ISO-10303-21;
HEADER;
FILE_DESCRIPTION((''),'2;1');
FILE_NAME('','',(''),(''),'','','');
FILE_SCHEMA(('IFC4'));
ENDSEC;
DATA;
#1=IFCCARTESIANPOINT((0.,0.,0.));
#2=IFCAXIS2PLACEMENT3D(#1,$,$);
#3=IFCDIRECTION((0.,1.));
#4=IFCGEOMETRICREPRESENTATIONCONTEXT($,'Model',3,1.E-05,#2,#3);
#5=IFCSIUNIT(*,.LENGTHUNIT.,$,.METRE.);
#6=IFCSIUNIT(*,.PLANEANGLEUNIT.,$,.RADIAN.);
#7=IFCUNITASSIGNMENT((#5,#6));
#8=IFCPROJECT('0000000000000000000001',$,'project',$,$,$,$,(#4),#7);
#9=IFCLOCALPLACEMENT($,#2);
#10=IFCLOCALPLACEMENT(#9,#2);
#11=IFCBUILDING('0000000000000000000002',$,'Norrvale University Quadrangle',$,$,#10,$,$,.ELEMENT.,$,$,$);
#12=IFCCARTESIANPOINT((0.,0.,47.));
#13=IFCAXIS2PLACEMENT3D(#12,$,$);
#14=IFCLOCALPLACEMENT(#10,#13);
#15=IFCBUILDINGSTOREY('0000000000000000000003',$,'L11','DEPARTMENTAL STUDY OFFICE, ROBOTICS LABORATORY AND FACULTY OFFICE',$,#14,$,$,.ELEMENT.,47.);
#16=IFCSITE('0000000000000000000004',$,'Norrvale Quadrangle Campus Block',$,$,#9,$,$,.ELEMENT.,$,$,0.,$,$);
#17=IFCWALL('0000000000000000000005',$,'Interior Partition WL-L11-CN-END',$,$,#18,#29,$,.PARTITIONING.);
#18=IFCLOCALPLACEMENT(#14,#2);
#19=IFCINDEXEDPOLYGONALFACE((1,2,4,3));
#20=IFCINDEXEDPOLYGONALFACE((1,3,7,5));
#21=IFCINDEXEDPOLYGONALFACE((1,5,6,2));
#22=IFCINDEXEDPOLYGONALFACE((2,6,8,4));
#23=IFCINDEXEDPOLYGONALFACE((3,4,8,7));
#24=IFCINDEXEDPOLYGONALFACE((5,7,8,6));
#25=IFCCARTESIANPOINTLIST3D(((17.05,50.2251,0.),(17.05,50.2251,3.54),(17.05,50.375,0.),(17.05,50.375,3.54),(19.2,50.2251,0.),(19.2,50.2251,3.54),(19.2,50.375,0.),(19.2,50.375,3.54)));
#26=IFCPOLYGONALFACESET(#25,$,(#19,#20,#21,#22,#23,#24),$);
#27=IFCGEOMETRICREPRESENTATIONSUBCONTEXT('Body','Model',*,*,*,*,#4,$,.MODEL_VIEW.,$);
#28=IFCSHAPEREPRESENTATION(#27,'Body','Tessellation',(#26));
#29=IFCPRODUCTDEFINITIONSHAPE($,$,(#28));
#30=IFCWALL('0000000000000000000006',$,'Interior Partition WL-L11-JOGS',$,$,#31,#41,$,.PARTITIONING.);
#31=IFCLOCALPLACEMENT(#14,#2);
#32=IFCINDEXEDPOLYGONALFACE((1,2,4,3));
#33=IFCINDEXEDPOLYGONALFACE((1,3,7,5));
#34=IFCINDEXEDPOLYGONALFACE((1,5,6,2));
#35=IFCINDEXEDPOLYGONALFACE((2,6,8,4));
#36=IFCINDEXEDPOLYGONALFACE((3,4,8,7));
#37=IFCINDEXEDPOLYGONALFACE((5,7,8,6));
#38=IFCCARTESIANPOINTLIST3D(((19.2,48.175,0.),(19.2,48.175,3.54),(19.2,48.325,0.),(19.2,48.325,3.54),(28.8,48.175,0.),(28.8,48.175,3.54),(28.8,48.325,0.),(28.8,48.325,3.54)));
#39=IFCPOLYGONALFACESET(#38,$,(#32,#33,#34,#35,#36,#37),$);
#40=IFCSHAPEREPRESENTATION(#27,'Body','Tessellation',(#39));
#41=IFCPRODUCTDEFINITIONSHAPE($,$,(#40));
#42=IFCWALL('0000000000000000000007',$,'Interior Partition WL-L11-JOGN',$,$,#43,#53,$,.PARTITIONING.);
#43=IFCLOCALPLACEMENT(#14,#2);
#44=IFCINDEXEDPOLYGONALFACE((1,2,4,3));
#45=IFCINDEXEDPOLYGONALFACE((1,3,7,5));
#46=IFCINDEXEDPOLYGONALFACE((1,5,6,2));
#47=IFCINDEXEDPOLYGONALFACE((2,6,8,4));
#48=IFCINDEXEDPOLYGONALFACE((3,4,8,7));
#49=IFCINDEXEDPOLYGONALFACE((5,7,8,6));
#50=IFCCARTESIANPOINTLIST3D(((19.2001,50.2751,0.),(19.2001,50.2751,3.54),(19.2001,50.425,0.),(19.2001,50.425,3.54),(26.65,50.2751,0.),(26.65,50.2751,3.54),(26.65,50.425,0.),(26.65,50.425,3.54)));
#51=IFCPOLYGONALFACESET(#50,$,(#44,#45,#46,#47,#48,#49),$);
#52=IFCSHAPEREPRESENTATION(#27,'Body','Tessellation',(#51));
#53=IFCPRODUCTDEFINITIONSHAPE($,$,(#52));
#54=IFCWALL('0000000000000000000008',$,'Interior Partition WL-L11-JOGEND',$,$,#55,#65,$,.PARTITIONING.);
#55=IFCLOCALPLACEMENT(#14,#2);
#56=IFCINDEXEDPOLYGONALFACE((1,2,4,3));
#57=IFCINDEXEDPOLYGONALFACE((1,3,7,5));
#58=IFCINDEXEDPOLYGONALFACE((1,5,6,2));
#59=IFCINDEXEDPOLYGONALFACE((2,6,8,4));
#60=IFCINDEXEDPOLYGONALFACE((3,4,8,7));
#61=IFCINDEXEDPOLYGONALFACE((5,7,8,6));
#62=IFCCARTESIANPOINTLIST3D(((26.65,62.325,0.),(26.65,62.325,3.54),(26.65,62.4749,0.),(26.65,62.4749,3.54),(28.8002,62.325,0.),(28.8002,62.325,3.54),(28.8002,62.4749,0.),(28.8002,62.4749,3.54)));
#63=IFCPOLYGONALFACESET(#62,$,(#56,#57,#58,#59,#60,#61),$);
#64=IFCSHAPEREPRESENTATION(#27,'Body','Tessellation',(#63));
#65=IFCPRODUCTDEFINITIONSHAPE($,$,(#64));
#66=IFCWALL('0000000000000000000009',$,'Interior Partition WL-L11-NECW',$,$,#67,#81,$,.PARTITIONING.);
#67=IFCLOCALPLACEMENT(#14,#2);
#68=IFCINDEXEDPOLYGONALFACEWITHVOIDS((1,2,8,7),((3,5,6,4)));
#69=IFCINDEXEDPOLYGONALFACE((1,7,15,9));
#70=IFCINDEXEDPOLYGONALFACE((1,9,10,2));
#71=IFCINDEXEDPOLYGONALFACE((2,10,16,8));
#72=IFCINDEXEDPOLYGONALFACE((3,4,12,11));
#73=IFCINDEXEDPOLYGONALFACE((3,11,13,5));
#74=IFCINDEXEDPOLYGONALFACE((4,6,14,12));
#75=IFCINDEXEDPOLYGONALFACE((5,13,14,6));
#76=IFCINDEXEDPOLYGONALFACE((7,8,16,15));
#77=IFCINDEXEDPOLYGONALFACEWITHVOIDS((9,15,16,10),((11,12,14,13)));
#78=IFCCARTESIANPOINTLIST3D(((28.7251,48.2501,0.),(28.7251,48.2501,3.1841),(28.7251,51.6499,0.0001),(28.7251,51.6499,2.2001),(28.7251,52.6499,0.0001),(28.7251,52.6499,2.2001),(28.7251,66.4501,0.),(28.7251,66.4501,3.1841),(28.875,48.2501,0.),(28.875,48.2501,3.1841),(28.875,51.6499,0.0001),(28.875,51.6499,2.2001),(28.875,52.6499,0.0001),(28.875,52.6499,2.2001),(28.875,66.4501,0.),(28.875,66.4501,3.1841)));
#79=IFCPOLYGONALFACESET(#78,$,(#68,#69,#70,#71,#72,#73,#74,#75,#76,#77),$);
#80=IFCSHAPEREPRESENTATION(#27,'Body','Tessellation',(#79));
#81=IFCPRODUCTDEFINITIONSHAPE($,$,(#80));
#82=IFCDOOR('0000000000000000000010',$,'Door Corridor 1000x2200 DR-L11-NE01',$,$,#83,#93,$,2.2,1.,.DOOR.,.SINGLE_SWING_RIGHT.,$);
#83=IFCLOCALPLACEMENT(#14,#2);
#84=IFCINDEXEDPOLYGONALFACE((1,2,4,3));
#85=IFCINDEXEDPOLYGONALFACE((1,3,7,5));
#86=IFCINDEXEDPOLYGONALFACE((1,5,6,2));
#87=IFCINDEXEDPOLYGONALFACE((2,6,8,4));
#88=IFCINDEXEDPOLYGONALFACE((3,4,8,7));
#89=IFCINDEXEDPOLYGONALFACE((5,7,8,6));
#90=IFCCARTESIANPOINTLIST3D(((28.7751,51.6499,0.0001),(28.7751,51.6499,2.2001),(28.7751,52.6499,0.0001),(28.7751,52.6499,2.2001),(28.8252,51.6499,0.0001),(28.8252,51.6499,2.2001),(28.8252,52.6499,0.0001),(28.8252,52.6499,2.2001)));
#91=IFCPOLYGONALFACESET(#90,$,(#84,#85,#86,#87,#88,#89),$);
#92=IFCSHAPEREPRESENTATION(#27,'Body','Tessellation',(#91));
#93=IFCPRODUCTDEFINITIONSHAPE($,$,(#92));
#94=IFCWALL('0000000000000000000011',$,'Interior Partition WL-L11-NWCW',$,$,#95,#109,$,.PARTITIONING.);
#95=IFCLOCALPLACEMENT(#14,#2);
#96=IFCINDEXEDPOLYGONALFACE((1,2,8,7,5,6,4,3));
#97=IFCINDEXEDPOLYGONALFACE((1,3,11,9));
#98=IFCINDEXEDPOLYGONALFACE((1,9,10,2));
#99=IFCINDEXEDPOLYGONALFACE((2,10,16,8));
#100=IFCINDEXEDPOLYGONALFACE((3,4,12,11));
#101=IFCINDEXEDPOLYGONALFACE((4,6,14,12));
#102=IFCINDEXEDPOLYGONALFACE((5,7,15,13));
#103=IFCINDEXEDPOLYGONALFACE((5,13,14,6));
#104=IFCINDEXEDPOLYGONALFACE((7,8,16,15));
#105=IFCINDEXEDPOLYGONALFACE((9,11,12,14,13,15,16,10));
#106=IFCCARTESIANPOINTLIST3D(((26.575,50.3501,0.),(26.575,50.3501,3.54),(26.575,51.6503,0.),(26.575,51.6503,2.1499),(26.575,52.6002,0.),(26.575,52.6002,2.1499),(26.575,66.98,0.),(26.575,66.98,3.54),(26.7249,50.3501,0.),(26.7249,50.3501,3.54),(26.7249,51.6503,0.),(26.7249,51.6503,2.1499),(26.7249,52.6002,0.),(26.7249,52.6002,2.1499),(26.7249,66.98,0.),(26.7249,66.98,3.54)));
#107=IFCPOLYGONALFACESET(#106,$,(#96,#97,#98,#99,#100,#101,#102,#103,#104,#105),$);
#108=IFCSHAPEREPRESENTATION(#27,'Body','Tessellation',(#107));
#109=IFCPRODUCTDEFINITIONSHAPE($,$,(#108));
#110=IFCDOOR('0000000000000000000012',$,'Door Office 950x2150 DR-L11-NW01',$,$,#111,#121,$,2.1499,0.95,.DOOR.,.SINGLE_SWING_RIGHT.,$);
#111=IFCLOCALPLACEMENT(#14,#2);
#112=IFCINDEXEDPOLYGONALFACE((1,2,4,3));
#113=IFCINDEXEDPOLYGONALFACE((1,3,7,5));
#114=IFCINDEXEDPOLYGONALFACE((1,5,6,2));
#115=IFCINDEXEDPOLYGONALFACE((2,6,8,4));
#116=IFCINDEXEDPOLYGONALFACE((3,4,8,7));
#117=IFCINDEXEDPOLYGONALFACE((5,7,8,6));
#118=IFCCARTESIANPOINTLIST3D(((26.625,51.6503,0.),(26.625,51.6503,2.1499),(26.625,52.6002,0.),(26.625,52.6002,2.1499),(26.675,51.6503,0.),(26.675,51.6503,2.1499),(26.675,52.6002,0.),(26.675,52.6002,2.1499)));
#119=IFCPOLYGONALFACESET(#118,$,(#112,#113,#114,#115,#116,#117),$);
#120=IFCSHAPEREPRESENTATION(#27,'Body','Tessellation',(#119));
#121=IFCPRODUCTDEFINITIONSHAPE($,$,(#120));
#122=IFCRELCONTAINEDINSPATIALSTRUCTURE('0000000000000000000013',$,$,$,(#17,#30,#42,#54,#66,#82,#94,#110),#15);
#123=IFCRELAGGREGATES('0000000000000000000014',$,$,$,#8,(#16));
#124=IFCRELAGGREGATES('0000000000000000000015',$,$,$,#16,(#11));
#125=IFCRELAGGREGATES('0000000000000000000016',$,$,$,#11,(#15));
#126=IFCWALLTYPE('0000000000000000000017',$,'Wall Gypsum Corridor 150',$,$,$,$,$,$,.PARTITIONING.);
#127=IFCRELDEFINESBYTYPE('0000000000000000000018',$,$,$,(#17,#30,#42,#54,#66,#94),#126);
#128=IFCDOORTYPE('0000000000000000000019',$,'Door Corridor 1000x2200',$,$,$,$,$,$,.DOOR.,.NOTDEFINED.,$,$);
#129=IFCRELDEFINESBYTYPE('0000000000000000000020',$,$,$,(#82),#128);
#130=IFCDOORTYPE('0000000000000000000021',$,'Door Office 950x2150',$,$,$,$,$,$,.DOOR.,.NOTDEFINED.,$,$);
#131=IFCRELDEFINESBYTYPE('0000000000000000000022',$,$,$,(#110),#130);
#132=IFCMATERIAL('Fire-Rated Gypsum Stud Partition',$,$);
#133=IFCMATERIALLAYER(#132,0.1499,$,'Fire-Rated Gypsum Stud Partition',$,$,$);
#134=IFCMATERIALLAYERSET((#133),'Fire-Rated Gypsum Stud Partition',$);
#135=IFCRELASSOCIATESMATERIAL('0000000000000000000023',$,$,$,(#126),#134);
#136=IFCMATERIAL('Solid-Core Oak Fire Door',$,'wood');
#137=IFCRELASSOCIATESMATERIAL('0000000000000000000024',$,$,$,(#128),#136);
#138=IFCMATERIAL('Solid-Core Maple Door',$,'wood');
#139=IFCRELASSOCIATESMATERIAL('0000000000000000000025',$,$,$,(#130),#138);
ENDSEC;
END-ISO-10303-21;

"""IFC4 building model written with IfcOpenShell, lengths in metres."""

from ifc_helpers import new_model, si_unit, direction, frame, frame_2d, origin, place, context, subcontext, project, spatial, rectangle, extrude, material, layer, layer_set, type_object, element, fill, save


model = new_model("IFC4")

# Units and contexts
model_context = context("Model", 3, precision=1e-05, world=origin(), true_north=direction((0.0, 1.0)))
body_context = subcontext(model_context, "Body", "Model", "MODEL_VIEW")
ifc_project = project(units=[si_unit("LENGTHUNIT", "METRE"), si_unit("PLANEANGLEUNIT", "RADIAN")], contexts=[model_context])

# Site, building, storey
site_placement = place(None, origin())
site = spatial("IfcSite", under=ifc_project, at=site_placement, Name="Norrvale Quadrangle Campus Block", CompositionType="ELEMENT", RefElevation=0.0)
building_placement = place(site_placement, origin())
building = spatial("IfcBuilding", under=site, at=building_placement, Name="Norrvale University Quadrangle", CompositionType="ELEMENT")
storey_placement = place(building_placement, frame((0.0, 0.0, 47.0)))
storey = spatial("IfcBuildingStorey", under=building, at=storey_placement, Name="L11", Description="DEPARTMENTAL STUDY OFFICE, ROBOTICS LABORATORY AND FACULTY OFFICE", CompositionType="ELEMENT", Elevation=47.0)

# Walls
ifc_material_1 = material(Name="Fire-Rated Gypsum Stud Partition")
ifc_layer = layer(ifc_material_1, 0.1499, Name="Fire-Rated Gypsum Stud Partition")
ifc_layer_set = layer_set([ifc_layer], Name="Fire-Rated Gypsum Stud Partition")
wall_type = type_object("IfcWallType", Name="Wall Gypsum Corridor 150", PredefinedType="PARTITIONING", material=ifc_layer_set)
wall_1_placement = place(storey_placement, frame((17.05, 50.3, 0.0), z_axis=(0.0, 0.0, 1.0), x_axis=(1.0, 0.0, 0.0)))
element("IfcWall", 1, at=wall_1_placement, inside=storey, type_object=wall_type, Name="Interior Partition WL-L11-CN-END", PredefinedType="PARTITIONING", context=body_context, shape_type="SweptSolid", body=[
    extrude(rectangle(XDim=2.1499, YDim=0.1499, at=frame_2d((1.075, 0.0))), origin(), (0.0, 0.0, 1.0), 3.54),
])
wall_2_placement = place(storey_placement, frame((19.2, 48.25, 0.0), z_axis=(0.0, 0.0, 1.0), x_axis=(1.0, 0.0, 0.0)))
element("IfcWall", 2, at=wall_2_placement, inside=storey, type_object=wall_type, Name="Interior Partition WL-L11-JOGS", PredefinedType="PARTITIONING", context=body_context, shape_type="SweptSolid", body=[
    extrude(rectangle(XDim=9.6001, YDim=0.1499, at=frame_2d((4.8, 0.0))), origin(), (0.0, 0.0, 1.0), 3.54),
])
wall_3_placement = place(storey_placement, frame((19.2, 50.3501, 0.0), z_axis=(0.0, 0.0, 1.0), x_axis=(1.0, 0.0, 0.0)))
element("IfcWall", 3, at=wall_3_placement, inside=storey, type_object=wall_type, Name="Interior Partition WL-L11-JOGN", PredefinedType="PARTITIONING", context=body_context, shape_type="SweptSolid", body=[
    extrude(rectangle(XDim=7.45, YDim=0.1499, at=frame_2d((3.7251, 0.0))), origin(), (0.0, 0.0, 1.0), 3.54),
])
wall_4_placement = place(storey_placement, frame((26.6499, 62.3999, 0.0), z_axis=(0.0, 0.0, 1.0), x_axis=(1.0, 0.0, 0.0)))
element("IfcWall", 4, at=wall_4_placement, inside=storey, type_object=wall_type, Name="Interior Partition WL-L11-JOGEND", PredefinedType="PARTITIONING", context=body_context, shape_type="SweptSolid", body=[
    extrude(rectangle(XDim=2.1501, YDim=0.1499, at=frame_2d((1.0752, 0.0))), origin(), (0.0, 0.0, 1.0), 3.54),
])

# Walls, openings, doors
wall_5_placement = place(storey_placement, frame((28.8, 48.25, 0.0), z_axis=(0.0, 0.0, 1.0), x_axis=(0.0, 1.0, 0.0)))
wall_5 = element("IfcWall", 5, at=wall_5_placement, inside=storey, type_object=wall_type, Name="Interior Partition WL-L11-NECW", PredefinedType="PARTITIONING", context=body_context, shape_type="SweptSolid", body=[
    extrude(rectangle(XDim=18.2, YDim=0.1499, at=frame_2d((9.1001, 0.0))), origin(), (0.0, 0.0, 1.0), 3.1841),
])
opening_1_placement = place(wall_5_placement, frame((3.3999, 0.0, 0.0)))
opening_1 = element("IfcOpeningElement", 6, at=opening_1_placement, cuts=wall_5, PredefinedType="OPENING", context=body_context, shape_type="SweptSolid", body=[
    extrude(rectangle(XDim=1.0, YDim=2.2, at=frame_2d((0.5, 1.1001))), frame((0.0, 0.0869, 0.0), z_axis=(0.0, -1.0, 0.0), x_axis=(1.0, 0.0, 0.0)), (0.0, 0.0, 1.0), 0.1738),
])
ifc_material_2 = material(Name="Solid-Core Oak Fire Door", Category="wood")
door_type_1 = type_object("IfcDoorType", Name="Door Corridor 1000x2200", OperationType="NOTDEFINED", PredefinedType="DOOR", material=ifc_material_2)
door_1_placement = place(opening_1_placement, origin())
door_1 = element("IfcDoor", 7, at=door_1_placement, inside=storey, type_object=door_type_1, Name="Door Corridor 1000x2200 DR-L11-NE01", OperationType="SINGLE_SWING_RIGHT", OverallHeight=2.2, OverallWidth=1.0, PredefinedType="DOOR", context=body_context, shape_type="SweptSolid", body=[
    extrude(rectangle(XDim=1.0, YDim=2.2, at=frame_2d((0.5, 1.1001))), frame((0.0, 0.0249, 0.0), z_axis=(0.0, -1.0, 0.0), x_axis=(1.0, 0.0, 0.0)), (0.0, 0.0, 1.0), 0.05),
])
fill(opening_1, door_1)
wall_6_placement = place(storey_placement, frame((26.6499, 50.3501, 0.0), z_axis=(0.0, 0.0, 1.0), x_axis=(0.0, 1.0, 0.0)))
wall_6 = element("IfcWall", 8, at=wall_6_placement, inside=storey, type_object=wall_type, Name="Interior Partition WL-L11-NWCW", PredefinedType="PARTITIONING", context=body_context, shape_type="SweptSolid", body=[
    extrude(rectangle(XDim=16.6299, YDim=0.1499, at=frame_2d((8.3149, 0.0))), origin(), (0.0, 0.0, 1.0), 3.54),
])
opening_2_placement = place(wall_6_placement, frame((1.3, 0.0, 0.0)))
opening_2 = element("IfcOpeningElement", 9, at=opening_2_placement, cuts=wall_6, PredefinedType="OPENING", context=body_context, shape_type="SweptSolid", body=[
    extrude(rectangle(XDim=0.95, YDim=2.1499, at=frame_2d((0.4751, 1.075))), frame((0.0, 0.0869, 0.0), z_axis=(0.0, -1.0, 0.0), x_axis=(1.0, 0.0, 0.0)), (0.0, 0.0, 1.0), 0.1738),
])
ifc_material_3 = material(Name="Solid-Core Maple Door", Category="wood")
door_type_2 = type_object("IfcDoorType", Name="Door Office 950x2150", OperationType="NOTDEFINED", PredefinedType="DOOR", material=ifc_material_3)
door_2_placement = place(opening_2_placement, origin())
door_2 = element("IfcDoor", 10, at=door_2_placement, inside=storey, type_object=door_type_2, Name="Door Office 950x2150 DR-L11-NW01", OperationType="SINGLE_SWING_RIGHT", OverallHeight=2.1499, OverallWidth=0.95, PredefinedType="DOOR", context=body_context, shape_type="SweptSolid", body=[
    extrude(rectangle(XDim=0.95, YDim=2.1499, at=frame_2d((0.4751, 1.075))), frame((0.0, 0.0249, 0.0), z_axis=(0.0, -1.0, 0.0), x_axis=(1.0, 0.0, 0.0)), (0.0, 0.0, 1.0), 0.05),
])
fill(opening_2, door_2)

save(model, "model.ifc")
